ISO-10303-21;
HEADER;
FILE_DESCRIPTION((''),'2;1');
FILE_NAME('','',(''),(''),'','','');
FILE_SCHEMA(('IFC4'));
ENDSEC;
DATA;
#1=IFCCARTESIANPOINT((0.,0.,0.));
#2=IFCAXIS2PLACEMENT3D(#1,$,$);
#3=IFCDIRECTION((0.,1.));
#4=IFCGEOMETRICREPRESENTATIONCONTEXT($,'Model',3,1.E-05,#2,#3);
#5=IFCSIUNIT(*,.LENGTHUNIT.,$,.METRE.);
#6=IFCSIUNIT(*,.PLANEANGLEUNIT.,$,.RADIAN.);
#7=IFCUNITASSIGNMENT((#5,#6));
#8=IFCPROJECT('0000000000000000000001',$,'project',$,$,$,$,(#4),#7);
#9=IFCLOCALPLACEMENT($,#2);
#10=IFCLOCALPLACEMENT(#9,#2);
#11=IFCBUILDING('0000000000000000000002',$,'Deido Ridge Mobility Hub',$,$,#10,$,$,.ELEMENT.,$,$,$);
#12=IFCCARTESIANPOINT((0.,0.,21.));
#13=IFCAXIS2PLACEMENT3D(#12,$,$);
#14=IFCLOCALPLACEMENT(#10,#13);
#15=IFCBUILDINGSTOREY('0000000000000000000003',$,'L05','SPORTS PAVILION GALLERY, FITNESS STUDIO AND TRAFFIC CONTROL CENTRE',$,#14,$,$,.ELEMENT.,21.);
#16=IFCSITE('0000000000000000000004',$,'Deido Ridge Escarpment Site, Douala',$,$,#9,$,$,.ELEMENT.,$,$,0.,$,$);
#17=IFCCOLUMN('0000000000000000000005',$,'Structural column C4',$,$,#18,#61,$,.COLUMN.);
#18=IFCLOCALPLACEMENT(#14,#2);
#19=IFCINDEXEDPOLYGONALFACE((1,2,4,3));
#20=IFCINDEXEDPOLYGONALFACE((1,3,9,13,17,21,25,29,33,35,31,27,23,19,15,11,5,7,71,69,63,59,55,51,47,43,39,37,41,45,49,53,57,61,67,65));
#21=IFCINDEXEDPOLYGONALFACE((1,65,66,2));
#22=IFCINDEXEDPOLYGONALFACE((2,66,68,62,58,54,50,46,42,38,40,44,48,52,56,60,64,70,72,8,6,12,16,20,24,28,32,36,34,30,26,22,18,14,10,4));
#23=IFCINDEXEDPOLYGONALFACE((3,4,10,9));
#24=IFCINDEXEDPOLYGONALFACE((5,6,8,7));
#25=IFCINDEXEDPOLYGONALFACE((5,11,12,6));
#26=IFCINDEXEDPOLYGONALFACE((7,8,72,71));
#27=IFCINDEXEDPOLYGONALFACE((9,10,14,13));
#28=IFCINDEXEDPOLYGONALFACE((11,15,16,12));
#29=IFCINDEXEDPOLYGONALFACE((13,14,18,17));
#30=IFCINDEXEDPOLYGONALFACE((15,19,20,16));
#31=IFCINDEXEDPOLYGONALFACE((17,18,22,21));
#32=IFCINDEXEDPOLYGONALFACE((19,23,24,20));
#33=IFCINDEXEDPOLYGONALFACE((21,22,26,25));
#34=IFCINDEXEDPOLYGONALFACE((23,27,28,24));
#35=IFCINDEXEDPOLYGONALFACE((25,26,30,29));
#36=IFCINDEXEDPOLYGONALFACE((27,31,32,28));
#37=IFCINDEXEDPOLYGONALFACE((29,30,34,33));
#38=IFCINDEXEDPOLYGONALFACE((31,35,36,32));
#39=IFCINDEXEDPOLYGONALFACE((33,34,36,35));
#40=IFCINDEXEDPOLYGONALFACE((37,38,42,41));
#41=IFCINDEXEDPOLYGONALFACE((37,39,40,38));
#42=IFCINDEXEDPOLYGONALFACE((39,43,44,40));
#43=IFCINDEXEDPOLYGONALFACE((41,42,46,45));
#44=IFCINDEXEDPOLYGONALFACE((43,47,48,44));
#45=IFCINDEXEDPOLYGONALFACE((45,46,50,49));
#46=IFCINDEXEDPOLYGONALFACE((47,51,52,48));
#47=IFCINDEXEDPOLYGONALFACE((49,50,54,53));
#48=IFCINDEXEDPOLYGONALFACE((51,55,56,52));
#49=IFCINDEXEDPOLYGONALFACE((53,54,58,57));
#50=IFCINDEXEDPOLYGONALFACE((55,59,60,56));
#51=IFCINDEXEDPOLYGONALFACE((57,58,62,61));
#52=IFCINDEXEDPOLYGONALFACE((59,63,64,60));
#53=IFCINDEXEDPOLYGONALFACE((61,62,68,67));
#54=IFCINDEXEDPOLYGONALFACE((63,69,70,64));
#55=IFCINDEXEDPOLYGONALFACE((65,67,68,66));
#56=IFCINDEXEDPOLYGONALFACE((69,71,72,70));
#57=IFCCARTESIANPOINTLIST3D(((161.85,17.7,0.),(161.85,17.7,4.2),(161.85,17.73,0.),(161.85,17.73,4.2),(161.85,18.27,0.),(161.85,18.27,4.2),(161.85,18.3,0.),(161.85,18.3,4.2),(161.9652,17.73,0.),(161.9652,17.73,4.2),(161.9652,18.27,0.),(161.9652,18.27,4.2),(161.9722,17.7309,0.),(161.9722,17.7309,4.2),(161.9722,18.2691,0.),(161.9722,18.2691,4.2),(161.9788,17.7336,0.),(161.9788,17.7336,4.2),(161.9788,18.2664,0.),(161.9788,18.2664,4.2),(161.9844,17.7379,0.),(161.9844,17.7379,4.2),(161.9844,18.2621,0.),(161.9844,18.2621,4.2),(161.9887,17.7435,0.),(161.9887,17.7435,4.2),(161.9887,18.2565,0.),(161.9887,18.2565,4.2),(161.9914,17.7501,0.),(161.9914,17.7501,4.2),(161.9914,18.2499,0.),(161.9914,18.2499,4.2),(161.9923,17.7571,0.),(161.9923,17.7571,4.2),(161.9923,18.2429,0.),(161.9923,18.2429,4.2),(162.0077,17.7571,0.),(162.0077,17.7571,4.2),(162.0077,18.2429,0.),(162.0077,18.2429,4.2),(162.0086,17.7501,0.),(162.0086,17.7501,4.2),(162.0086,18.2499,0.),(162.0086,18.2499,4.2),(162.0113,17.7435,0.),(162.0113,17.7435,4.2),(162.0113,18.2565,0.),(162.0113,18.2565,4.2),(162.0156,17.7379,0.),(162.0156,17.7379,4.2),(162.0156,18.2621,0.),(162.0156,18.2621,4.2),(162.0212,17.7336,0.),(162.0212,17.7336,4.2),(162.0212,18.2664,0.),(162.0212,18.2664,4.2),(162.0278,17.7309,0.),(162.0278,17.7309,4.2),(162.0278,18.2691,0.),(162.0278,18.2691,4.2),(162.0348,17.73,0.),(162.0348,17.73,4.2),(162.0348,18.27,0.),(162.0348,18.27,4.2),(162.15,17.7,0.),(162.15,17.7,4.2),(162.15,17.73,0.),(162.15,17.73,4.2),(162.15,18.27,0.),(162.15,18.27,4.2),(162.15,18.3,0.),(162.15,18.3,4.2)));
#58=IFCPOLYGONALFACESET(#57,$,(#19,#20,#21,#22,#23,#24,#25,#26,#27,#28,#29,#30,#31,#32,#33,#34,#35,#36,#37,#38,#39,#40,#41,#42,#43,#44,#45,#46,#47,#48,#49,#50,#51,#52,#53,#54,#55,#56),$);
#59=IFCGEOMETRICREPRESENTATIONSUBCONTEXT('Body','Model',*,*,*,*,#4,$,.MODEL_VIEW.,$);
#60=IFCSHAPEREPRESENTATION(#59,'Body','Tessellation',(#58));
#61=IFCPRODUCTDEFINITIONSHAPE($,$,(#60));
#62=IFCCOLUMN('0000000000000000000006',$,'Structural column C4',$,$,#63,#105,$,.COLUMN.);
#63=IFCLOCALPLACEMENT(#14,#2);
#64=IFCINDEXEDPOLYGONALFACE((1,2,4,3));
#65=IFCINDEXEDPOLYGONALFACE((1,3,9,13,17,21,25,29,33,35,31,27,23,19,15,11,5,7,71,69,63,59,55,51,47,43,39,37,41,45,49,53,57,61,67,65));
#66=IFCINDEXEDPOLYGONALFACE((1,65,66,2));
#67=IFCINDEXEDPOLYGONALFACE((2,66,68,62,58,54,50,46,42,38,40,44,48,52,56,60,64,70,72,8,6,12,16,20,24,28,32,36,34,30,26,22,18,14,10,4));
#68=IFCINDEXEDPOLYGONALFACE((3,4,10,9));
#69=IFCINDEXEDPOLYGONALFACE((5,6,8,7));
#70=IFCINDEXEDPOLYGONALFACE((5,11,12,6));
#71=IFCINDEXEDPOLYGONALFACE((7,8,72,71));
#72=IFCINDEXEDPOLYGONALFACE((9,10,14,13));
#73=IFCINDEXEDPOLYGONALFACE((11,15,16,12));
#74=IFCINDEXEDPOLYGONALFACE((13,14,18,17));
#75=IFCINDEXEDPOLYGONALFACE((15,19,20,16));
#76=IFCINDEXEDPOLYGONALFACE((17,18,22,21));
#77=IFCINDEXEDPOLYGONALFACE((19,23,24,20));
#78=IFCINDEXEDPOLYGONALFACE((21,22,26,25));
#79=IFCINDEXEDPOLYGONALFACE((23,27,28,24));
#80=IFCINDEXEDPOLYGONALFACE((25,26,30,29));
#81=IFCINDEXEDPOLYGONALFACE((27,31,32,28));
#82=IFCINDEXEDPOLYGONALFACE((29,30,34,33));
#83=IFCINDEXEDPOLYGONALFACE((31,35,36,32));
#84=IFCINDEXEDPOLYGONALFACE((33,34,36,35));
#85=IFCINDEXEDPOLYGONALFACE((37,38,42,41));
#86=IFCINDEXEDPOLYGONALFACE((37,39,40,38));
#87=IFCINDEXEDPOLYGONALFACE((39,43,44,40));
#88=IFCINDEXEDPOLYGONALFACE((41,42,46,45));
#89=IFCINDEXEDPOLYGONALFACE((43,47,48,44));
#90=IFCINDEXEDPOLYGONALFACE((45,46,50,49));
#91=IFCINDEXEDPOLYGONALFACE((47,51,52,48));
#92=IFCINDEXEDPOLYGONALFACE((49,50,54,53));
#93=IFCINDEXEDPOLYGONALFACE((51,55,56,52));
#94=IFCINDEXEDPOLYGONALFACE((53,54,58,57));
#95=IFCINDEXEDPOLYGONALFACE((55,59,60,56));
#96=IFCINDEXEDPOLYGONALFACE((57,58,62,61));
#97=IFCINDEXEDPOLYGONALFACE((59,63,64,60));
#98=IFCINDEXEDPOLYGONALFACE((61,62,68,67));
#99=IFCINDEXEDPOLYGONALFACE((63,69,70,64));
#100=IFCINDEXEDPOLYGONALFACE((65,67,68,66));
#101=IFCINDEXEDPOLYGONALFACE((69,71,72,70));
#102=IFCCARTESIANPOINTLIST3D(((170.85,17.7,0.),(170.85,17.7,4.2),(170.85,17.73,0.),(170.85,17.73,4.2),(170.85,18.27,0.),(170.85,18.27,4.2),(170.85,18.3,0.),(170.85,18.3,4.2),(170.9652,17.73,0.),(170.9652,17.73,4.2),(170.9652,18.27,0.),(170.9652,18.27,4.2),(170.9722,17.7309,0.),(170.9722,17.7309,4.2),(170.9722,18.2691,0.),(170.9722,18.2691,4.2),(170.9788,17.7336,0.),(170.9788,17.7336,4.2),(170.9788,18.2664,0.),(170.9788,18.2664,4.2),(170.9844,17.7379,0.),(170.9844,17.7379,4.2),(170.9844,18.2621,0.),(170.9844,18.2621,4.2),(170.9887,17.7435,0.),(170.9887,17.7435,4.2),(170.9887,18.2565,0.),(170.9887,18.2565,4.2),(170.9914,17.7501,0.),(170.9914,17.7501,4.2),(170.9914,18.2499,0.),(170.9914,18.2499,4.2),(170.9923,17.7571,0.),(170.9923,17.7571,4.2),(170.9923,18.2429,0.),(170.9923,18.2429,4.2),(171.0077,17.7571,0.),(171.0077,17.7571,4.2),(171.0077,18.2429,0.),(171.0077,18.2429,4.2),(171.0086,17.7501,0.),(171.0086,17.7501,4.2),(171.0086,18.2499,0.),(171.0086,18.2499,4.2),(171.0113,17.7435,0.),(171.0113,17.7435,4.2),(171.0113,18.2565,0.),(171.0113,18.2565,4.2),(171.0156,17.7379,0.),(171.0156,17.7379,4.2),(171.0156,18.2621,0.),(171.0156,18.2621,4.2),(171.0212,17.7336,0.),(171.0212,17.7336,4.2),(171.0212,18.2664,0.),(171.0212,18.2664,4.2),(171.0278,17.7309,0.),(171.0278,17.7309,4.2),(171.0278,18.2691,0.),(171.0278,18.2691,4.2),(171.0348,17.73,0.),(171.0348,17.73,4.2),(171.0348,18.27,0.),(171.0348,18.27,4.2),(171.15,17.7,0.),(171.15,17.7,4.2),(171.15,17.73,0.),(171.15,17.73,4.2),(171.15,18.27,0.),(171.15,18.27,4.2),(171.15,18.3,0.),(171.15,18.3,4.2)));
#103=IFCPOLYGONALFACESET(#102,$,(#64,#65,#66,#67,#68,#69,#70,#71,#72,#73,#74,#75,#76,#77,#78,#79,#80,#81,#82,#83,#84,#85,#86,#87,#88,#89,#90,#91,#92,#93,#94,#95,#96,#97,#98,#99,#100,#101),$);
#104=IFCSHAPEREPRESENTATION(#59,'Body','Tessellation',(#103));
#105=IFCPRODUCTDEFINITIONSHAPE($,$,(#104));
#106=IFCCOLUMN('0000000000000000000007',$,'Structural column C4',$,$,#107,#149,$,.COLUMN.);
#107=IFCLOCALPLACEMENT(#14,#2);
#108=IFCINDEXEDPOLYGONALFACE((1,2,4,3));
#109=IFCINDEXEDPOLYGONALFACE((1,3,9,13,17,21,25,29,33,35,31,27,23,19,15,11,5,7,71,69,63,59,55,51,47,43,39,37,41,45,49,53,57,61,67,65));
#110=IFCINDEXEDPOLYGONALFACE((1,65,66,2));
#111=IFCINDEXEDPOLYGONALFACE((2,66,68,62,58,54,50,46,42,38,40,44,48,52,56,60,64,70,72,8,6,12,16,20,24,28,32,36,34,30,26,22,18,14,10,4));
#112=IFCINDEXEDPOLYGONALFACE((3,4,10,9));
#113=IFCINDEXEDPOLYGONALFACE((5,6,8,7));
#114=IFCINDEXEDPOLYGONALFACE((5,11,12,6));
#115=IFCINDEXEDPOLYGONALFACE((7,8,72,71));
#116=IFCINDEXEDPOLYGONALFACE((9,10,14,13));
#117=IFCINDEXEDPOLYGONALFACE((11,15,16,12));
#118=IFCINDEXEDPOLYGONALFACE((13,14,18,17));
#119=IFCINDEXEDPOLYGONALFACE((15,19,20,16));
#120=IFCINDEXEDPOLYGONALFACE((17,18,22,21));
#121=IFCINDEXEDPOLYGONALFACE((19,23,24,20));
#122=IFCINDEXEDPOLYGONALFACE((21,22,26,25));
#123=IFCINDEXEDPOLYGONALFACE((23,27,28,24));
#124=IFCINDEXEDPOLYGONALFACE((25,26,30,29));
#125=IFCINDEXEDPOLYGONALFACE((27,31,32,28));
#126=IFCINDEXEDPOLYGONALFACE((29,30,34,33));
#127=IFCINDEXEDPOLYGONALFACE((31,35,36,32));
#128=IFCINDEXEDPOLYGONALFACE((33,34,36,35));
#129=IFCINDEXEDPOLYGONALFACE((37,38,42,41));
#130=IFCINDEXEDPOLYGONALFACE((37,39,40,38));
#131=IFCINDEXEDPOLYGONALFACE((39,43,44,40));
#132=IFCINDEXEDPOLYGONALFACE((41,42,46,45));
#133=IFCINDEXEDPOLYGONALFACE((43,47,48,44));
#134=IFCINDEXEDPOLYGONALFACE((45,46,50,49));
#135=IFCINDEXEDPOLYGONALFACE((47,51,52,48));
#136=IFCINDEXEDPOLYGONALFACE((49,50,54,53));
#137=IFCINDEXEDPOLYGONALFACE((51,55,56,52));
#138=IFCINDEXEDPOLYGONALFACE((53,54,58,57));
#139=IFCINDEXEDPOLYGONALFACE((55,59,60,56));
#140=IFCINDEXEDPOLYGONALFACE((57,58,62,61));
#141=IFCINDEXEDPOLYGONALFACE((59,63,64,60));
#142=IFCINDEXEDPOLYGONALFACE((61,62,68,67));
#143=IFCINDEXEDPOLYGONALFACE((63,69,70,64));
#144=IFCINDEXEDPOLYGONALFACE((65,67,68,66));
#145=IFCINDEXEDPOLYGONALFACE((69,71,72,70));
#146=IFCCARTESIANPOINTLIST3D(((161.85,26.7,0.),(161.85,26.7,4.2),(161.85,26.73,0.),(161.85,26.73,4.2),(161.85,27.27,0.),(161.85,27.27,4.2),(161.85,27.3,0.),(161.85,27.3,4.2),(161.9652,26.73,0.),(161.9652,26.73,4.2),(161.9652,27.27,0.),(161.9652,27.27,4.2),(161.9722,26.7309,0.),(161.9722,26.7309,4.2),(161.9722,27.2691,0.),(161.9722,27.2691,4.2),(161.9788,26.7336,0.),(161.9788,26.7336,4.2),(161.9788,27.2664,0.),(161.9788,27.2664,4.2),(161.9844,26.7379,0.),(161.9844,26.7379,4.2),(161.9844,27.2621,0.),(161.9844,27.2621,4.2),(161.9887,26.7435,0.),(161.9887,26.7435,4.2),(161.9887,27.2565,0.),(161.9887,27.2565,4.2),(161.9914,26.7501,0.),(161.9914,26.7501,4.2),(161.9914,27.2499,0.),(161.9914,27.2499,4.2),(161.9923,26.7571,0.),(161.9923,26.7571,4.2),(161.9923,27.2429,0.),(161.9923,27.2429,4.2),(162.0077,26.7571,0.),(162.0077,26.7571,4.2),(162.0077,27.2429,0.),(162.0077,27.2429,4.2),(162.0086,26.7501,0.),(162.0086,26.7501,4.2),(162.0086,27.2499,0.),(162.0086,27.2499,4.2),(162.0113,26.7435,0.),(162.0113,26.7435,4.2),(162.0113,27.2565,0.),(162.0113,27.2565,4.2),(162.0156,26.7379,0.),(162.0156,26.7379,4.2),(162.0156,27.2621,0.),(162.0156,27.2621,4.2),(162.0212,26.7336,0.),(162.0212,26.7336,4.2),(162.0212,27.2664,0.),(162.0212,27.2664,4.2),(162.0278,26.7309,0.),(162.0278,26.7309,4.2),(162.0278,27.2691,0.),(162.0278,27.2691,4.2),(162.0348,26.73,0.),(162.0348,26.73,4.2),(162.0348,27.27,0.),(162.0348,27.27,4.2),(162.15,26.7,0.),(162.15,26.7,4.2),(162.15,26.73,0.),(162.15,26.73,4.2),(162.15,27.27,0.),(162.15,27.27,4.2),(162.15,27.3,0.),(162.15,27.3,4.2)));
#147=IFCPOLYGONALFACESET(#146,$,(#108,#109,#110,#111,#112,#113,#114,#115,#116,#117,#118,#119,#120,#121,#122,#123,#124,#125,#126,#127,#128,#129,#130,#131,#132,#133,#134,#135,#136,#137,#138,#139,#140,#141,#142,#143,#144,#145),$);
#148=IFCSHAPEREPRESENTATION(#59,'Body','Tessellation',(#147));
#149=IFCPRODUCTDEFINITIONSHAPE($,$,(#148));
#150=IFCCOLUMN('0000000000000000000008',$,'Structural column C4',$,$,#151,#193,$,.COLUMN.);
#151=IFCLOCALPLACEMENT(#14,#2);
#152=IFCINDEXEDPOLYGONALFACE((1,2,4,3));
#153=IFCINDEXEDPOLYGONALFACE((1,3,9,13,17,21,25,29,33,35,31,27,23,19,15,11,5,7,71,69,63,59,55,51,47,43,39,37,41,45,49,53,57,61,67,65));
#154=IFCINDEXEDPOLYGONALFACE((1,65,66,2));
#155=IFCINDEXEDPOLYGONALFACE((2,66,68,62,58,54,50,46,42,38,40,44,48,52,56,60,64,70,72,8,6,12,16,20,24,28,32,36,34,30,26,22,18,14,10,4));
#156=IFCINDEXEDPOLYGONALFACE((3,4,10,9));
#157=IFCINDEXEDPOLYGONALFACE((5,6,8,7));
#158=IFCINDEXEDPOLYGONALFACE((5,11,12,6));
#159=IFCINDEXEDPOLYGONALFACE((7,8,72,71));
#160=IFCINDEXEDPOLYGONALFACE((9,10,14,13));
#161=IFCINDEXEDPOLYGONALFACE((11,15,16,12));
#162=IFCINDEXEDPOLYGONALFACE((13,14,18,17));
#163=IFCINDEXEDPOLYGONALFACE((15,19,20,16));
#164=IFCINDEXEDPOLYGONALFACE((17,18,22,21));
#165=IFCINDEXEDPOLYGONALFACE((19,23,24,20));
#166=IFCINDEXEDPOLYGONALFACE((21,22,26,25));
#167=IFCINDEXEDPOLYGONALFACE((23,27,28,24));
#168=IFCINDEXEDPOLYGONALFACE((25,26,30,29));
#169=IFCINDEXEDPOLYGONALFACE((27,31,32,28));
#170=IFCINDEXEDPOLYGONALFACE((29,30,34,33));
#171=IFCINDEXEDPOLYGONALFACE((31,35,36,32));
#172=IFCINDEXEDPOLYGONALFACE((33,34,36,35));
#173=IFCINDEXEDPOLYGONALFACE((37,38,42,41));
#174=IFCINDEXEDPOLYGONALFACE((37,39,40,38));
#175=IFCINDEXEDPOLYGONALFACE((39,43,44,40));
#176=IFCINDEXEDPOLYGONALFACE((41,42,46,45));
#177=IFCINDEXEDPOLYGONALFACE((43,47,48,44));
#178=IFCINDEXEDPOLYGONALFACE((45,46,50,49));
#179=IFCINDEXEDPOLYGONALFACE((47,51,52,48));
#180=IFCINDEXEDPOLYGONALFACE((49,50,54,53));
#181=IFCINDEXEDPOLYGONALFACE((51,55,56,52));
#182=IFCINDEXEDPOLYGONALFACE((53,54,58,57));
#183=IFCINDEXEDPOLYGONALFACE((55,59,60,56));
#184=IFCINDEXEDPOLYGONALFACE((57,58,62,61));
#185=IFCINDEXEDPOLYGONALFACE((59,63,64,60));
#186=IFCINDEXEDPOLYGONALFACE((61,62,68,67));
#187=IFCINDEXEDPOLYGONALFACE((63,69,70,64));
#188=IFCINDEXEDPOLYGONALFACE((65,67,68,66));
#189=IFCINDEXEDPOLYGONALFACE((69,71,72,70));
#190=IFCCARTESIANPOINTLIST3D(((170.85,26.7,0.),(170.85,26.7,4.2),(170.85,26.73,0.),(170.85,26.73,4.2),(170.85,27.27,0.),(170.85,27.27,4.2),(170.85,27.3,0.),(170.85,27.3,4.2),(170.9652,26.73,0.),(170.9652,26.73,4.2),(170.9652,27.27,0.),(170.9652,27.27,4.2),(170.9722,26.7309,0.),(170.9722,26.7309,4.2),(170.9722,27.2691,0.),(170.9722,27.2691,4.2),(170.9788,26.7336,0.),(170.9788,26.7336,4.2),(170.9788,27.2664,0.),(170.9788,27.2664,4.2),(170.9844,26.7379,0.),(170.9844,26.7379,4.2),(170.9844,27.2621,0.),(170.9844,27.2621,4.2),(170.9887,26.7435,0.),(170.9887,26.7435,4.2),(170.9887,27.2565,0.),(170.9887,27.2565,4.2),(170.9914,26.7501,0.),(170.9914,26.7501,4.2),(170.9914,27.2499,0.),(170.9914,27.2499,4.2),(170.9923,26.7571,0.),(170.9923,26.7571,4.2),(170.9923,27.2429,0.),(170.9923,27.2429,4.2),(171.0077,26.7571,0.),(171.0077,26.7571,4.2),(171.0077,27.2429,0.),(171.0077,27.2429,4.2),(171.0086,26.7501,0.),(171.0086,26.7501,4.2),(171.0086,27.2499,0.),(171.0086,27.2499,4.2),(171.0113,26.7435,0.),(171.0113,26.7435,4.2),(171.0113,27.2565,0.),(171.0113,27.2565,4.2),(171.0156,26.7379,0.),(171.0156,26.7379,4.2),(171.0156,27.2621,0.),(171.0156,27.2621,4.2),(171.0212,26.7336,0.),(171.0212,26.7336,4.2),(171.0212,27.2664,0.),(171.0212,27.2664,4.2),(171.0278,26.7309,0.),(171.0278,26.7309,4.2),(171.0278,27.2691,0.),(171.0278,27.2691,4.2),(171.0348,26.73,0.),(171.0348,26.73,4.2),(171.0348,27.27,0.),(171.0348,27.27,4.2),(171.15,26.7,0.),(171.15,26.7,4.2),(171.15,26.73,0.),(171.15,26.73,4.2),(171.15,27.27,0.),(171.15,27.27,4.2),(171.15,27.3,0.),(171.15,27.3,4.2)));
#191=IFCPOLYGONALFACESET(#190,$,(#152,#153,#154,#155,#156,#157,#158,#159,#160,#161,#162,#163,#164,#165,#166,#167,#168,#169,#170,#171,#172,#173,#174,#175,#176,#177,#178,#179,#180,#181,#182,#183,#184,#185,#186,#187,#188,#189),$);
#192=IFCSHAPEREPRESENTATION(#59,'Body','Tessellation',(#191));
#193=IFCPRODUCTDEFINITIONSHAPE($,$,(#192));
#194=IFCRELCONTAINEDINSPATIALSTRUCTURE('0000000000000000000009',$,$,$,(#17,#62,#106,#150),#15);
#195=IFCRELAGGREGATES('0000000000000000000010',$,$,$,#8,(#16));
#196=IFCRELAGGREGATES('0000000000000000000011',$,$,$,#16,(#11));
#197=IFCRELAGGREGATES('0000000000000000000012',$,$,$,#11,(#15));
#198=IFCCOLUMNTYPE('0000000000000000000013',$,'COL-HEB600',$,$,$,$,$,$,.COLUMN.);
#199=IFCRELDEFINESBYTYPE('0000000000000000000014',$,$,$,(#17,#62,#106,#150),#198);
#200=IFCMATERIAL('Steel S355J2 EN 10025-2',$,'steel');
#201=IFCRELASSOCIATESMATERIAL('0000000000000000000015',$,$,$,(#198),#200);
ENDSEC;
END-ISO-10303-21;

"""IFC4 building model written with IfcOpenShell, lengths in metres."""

from ifc_helpers import new_model, si_unit, direction, frame, origin, origin_2d, place, context, subcontext, project, spatial, i_section, extrude, material, material_profile, profile_set, type_object, element, save


model = new_model("IFC4")

# Units and contexts
model_context = context("Model", 3, precision=1e-05, world=origin(), true_north=direction((0.0, 1.0)))
body_context = subcontext(model_context, "Body", "Model", "MODEL_VIEW")
ifc_project = project(units=[si_unit("LENGTHUNIT", "METRE"), si_unit("PLANEANGLEUNIT", "RADIAN")], contexts=[model_context])

# Site, building, storey
site_placement = place(None, origin())
site = spatial("IfcSite", under=ifc_project, at=site_placement, Name="Deido Ridge Escarpment Site, Douala", CompositionType="ELEMENT", RefElevation=0.0)
building_placement = place(site_placement, origin())
building = spatial("IfcBuilding", under=site, at=building_placement, Name="Deido Ridge Mobility Hub", CompositionType="ELEMENT")
storey_placement = place(building_placement, frame((0.0, 0.0, 21.0)))
storey = spatial("IfcBuildingStorey", under=building, at=storey_placement, Name="L05", Description="SPORTS PAVILION GALLERY, FITNESS STUDIO AND TRAFFIC CONTROL CENTRE", CompositionType="ELEMENT", Elevation=21.0)

# Columns
ifc_material_1 = material(Name="Steel S355J2 EN 10025-2", Category="steel")
ifc_material_profile_1 = material_profile(ifc_material_1, i_section(OverallWidth=0.3, OverallDepth=0.6001, WebThickness=0.0154, FlangeThickness=0.03, FilletRadius=0.0271, at=origin_2d()), Name="HEB 600")
ifc_profile_set_1 = profile_set([ifc_material_profile_1], Name="Steel S355J2 EN 10025-2")
column_type = type_object("IfcColumnType", Name="COL-HEB600", PredefinedType="COLUMN", material=ifc_profile_set_1)
for number, where, z_axis, x_axis, name in (
    (1, (162.0, 18.0, 0.0), (0.0, 0.0, 1.0), (1.0, 0.0, 0.0), "Structural column C4"),
    (2, (171.0, 18.0, 0.0), (0.0, 0.0, 1.0), (1.0, 0.0, 0.0), "Structural column C4"),
    (3, (162.0, 27.0, 0.0), (0.0, 0.0, 1.0), (1.0, 0.0, 0.0), "Structural column C4"),
    (4, (171.0, 27.0, 0.0), (0.0, 0.0, 1.0), (1.0, 0.0, 0.0), "Structural column C4"),
):
    element("IfcColumn", number, at=place(storey_placement, frame(where, z_axis=z_axis, x_axis=x_axis)), inside=storey, type_object=column_type, Name=name, PredefinedType="COLUMN", context=body_context, shape_type="SweptSolid", body=[
        extrude(i_section(OverallWidth=0.3, OverallDepth=0.6001, WebThickness=0.0154, FlangeThickness=0.03, FilletRadius=0.0271, at=origin_2d()), origin(), (0.0, 0.0, 1.0), 4.2),
    ])

save(model, "model.ifc")
